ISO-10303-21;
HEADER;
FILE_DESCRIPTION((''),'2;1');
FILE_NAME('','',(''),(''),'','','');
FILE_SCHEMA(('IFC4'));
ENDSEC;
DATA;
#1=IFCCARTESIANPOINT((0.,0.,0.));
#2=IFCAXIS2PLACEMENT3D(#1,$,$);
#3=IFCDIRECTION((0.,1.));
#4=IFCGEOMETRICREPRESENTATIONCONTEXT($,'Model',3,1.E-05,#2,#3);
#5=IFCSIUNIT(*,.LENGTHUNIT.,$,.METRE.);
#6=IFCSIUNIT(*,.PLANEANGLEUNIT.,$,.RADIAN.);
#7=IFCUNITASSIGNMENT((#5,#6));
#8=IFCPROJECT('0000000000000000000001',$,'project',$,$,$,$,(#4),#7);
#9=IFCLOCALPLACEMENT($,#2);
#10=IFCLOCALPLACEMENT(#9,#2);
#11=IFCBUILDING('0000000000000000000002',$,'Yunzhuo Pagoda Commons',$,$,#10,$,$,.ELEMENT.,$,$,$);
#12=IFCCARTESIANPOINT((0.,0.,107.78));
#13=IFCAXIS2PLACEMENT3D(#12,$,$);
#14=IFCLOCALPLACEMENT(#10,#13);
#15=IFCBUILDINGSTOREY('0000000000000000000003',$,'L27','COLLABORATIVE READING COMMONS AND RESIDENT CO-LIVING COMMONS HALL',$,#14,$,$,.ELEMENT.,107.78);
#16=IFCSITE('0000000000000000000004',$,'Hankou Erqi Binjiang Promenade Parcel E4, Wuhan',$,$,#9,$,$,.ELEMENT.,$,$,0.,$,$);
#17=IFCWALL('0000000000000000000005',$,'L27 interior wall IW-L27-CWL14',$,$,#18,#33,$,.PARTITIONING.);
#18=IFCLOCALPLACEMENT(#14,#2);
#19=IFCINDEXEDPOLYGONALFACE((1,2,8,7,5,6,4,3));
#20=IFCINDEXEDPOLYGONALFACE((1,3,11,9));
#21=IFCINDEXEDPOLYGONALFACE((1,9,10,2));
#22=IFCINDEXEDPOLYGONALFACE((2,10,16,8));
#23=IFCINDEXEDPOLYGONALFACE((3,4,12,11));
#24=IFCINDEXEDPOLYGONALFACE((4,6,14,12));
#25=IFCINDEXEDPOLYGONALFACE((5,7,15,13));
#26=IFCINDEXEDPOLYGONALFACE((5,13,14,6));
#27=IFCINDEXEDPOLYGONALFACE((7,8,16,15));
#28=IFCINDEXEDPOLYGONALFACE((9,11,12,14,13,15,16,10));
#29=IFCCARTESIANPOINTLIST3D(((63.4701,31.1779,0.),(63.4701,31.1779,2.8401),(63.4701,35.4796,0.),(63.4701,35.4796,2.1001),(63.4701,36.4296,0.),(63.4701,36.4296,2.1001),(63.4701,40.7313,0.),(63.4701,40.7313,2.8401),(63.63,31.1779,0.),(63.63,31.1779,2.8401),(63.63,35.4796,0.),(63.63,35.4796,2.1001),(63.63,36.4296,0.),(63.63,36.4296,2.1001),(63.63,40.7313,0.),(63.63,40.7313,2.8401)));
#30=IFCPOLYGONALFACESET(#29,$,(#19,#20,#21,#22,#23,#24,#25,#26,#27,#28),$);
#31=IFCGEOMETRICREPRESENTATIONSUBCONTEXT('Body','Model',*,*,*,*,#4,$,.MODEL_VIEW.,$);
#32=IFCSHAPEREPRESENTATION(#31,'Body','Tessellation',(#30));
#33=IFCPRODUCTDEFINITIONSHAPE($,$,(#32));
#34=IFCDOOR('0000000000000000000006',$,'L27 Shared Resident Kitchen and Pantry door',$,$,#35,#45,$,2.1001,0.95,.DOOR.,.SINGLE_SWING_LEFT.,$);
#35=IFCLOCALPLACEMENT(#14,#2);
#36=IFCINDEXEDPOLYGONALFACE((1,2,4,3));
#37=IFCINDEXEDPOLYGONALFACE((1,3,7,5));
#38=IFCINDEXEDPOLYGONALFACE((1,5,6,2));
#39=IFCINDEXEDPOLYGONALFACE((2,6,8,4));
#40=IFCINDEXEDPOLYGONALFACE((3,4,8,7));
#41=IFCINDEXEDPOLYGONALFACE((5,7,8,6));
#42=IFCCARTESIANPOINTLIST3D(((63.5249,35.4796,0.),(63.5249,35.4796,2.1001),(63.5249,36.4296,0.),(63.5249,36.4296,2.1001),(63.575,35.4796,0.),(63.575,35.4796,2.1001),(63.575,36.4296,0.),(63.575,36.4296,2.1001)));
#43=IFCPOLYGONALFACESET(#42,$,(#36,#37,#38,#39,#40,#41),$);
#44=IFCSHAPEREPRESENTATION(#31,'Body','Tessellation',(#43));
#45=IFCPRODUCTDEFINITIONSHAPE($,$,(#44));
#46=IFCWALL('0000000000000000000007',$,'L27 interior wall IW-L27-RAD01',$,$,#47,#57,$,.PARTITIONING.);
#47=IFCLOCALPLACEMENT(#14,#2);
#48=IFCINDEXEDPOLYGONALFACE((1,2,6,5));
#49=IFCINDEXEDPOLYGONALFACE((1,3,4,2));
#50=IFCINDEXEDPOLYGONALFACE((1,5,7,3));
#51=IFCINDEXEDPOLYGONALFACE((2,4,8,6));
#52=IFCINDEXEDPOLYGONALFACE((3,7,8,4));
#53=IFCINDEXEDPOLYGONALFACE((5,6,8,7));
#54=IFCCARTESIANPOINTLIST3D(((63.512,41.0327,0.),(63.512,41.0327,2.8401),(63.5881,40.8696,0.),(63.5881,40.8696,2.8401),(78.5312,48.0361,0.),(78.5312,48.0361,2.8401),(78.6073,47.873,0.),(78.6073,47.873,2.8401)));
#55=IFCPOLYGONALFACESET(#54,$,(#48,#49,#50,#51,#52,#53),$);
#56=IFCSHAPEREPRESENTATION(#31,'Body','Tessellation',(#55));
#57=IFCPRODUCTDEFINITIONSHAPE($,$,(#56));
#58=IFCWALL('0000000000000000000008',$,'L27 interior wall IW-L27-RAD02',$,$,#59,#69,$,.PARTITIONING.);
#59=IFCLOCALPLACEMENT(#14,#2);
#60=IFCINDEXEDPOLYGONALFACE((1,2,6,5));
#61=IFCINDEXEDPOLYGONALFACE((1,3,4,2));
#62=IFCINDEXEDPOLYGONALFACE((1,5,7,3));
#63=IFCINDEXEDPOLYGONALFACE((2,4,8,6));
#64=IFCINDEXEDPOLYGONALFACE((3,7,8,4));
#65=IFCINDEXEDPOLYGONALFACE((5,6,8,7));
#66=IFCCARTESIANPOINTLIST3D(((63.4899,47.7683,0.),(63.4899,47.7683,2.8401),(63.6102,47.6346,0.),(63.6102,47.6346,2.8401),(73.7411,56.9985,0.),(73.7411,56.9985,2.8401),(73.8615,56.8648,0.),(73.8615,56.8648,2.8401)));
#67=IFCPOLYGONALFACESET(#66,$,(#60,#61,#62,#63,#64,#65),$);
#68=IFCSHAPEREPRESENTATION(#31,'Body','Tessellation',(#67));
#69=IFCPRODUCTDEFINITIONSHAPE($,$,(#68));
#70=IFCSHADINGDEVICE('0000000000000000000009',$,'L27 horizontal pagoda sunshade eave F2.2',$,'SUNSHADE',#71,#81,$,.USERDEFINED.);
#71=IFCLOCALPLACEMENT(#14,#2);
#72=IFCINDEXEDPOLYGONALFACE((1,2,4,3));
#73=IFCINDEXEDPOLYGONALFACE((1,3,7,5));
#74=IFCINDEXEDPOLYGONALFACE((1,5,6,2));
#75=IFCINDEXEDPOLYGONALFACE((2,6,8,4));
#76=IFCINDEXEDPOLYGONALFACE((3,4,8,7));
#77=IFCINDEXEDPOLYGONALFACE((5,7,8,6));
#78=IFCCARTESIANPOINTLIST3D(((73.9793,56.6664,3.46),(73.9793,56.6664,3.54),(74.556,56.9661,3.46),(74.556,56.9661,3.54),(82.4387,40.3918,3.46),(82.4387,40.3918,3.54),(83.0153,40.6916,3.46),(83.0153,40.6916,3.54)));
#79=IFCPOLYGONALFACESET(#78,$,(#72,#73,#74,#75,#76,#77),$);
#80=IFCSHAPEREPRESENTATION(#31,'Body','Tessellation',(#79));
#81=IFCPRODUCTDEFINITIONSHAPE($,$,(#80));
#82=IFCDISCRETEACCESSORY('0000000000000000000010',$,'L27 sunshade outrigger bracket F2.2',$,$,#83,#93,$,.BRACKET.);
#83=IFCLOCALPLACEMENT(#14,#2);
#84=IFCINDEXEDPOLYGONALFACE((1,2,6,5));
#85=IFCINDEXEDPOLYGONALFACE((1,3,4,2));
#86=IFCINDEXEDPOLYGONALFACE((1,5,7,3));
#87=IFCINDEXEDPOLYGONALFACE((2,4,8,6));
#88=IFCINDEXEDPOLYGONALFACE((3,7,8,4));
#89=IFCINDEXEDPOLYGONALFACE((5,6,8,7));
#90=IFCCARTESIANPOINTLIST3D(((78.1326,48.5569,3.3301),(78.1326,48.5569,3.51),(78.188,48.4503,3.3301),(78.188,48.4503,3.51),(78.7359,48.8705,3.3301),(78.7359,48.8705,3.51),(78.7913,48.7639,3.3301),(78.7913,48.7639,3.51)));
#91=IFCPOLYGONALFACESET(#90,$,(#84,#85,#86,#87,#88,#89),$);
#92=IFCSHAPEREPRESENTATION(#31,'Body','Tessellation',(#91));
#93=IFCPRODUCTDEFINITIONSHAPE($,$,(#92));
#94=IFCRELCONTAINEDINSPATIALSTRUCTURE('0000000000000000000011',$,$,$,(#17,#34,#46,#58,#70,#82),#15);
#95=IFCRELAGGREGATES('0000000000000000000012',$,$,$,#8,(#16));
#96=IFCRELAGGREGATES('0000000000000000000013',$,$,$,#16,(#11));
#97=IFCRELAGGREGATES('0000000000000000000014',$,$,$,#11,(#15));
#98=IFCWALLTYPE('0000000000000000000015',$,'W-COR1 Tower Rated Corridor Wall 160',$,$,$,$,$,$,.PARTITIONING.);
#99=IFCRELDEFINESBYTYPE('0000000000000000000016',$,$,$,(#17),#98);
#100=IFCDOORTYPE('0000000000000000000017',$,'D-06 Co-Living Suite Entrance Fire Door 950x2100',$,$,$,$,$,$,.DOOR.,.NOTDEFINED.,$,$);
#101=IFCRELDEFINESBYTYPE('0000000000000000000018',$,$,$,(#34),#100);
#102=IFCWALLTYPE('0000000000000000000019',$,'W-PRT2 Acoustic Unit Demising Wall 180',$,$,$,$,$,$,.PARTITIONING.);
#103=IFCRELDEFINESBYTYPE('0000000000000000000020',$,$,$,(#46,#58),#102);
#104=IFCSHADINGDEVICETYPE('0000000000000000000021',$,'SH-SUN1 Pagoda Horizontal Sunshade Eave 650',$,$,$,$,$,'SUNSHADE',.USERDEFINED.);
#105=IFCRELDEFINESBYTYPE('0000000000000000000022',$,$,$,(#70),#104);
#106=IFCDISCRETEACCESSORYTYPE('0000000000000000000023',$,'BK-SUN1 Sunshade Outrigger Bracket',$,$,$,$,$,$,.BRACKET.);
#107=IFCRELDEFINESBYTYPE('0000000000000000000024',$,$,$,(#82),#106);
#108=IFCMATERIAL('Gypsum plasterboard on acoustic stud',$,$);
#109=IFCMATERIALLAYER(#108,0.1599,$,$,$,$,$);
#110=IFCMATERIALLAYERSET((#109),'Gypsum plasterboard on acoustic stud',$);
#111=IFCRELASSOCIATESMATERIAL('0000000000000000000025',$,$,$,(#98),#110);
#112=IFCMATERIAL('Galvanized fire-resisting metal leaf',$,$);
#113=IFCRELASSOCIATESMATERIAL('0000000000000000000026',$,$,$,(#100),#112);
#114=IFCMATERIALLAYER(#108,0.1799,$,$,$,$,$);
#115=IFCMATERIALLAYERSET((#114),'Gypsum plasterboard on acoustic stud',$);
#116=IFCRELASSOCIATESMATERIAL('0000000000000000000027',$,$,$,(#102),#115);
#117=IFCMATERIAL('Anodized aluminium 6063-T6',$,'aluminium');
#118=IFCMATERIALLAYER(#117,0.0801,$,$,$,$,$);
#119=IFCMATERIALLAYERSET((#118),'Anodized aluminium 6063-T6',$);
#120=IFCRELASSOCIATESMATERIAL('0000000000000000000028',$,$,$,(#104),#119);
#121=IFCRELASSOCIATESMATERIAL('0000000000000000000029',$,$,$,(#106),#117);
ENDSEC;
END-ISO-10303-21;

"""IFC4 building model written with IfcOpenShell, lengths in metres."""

from ifc_helpers import new_model, si_unit, direction, frame, frame_2d, origin, origin_with_axes, origin_2d, place, context, subcontext, project, spatial, rectangle, extrude, source, transform, mapped, material, layer, layer_set, type_object, element, fill, save


model = new_model("IFC4")

# Units and contexts
model_context = context("Model", 3, precision=1e-05, world=origin(), true_north=direction((0.0, 1.0)))
body_context = subcontext(model_context, "Body", "Model", "MODEL_VIEW")
ifc_project = project(units=[si_unit("LENGTHUNIT", "METRE"), si_unit("PLANEANGLEUNIT", "RADIAN")], contexts=[model_context])

# Site, building, storey
site_placement = place(None, origin())
site = spatial("IfcSite", under=ifc_project, at=site_placement, Name="Hankou Erqi Binjiang Promenade Parcel E4, Wuhan", CompositionType="ELEMENT", RefElevation=0.0)
building_placement = place(site_placement, origin())
building = spatial("IfcBuilding", under=site, at=building_placement, Name="Yunzhuo Pagoda Commons", CompositionType="ELEMENT")
storey_placement = place(building_placement, frame((0.0, 0.0, 107.78)))
storey = spatial("IfcBuildingStorey", under=building, at=storey_placement, Name="L27", Description="COLLABORATIVE READING COMMONS AND RESIDENT CO-LIVING COMMONS HALL", CompositionType="ELEMENT", Elevation=107.78)

# Shared definitions
ifc_material_1 = material(Name="Anodized aluminium 6063-T6", Category="aluminium")

# Shared definitions
ifc_material_2 = material(Name="Gypsum plasterboard on acoustic stud")
ifc_layer_1 = layer(ifc_material_2, 0.1599)
ifc_layer_set_1 = layer_set([ifc_layer_1], Name="Gypsum plasterboard on acoustic stud")
wall_type_1 = type_object("IfcWallType", Name="W-COR1 Tower Rated Corridor Wall 160", PredefinedType="PARTITIONING", material=ifc_layer_set_1)

# Wall, opening, door
wall_1_placement = place(storey_placement, frame((63.55, 40.7314, 0.0), z_axis=(0.0, 0.0, 1.0), x_axis=(0.0, -1.0, 0.0)))
wall_1 = element("IfcWall", 1, at=wall_1_placement, inside=storey, type_object=wall_type_1, Name="L27 interior wall IW-L27-CWL14", PredefinedType="PARTITIONING", context=body_context, shape_type="SweptSolid", body=[
    extrude(rectangle(XDim=9.5535, YDim=0.1599, at=frame_2d((4.7769, 0.0))), origin(), (0.0, 0.0, 1.0), 2.8401),
])
opening_1_placement = place(wall_1_placement, frame((4.3018, 0.0, 0.0)))
opening_1 = element("IfcOpeningElement", 2, at=opening_1_placement, cuts=wall_1, PredefinedType="OPENING", context=body_context, shape_type="SweptSolid", body=[
    extrude(rectangle(XDim=0.95, YDim=2.1001, at=frame_2d((0.4751, 1.05))), frame((0.0, 0.0898, 0.0), z_axis=(0.0, -1.0, 0.0), x_axis=(1.0, 0.0, 0.0)), (0.0, 0.0, 1.0), 0.1799),
])
ifc_material_3 = material(Name="Galvanized fire-resisting metal leaf")
door_type_1 = type_object("IfcDoorType", Name="D-06 Co-Living Suite Entrance Fire Door 950x2100", OperationType="NOTDEFINED", PredefinedType="DOOR", material=ifc_material_3)
shared_shape_1 = source(origin(), body_context, "Body", "SweptSolid", [
    extrude(rectangle(XDim=0.95, YDim=2.1001, at=frame_2d((0.4751, 1.05))), frame((0.0, 0.0249, 0.0), z_axis=(0.0, -1.0, 0.0), x_axis=(1.0, 0.0, 0.0)), (0.0, 0.0, 1.0), 0.05),
])
door_1_placement = place(opening_1_placement, origin_with_axes())
door_1 = element("IfcDoor", 3, at=door_1_placement, inside=storey, type_object=door_type_1, Name="L27 Shared Resident Kitchen and Pantry door", OperationType="SINGLE_SWING_LEFT", OverallHeight=2.1001, OverallWidth=0.95, PredefinedType="DOOR", context=body_context, shape_type="MappedRepresentation", body=[
    mapped(shared_shape_1, transform((0.0, 0.0, 0.0), scale=1.0)),
])
fill(opening_1, door_1)

# Walls
ifc_layer_2 = layer(ifc_material_2, 0.1799)
ifc_layer_set_2 = layer_set([ifc_layer_2], Name="Gypsum plasterboard on acoustic stud")
wall_type_2 = type_object("IfcWallType", Name="W-PRT2 Acoustic Unit Demising Wall 180", PredefinedType="PARTITIONING", material=ifc_layer_set_2)
wall_2_placement = place(storey_placement, frame((63.55, 40.9512, 0.0), z_axis=(0.0, 0.0, 1.0), x_axis=(0.906312, 0.422609, 0.0)))
element("IfcWall", 4, at=wall_2_placement, inside=storey, type_object=wall_type_2, Name="L27 interior wall IW-L27-RAD01", PredefinedType="PARTITIONING", context=body_context, shape_type="SweptSolid", body=[
    extrude(rectangle(XDim=16.5718, YDim=0.1799, at=frame_2d((8.2859, 0.0))), origin(), (0.0, 0.0, 1.0), 2.8401),
])
wall_3_placement = place(storey_placement, frame((63.55, 47.7014, 0.0), z_axis=(0.0, 0.0, 1.0), x_axis=(0.743145, 0.66913, 0.0)))
element("IfcWall", 5, at=wall_3_placement, inside=storey, type_object=wall_type_2, Name="L27 interior wall IW-L27-RAD02", PredefinedType="PARTITIONING", context=body_context, shape_type="SweptSolid", body=[
    extrude(rectangle(XDim=13.7944, YDim=0.1799, at=frame_2d((6.8972, 0.0))), origin(), (0.0, 0.0, 1.0), 2.8401),
])

# Shading device
ifc_layer_3 = layer(ifc_material_1, 0.0801)
ifc_layer_set_3 = layer_set([ifc_layer_3], Name="Anodized aluminium 6063-T6")
shading_device_type = type_object("IfcShadingDeviceType", Name="SH-SUN1 Pagoda Horizontal Sunshade Eave 650", ElementType="SUNSHADE", PredefinedType="USERDEFINED", material=ifc_layer_set_3)
shared_shape_2 = source(origin(), body_context, "Body", "SweptSolid", [
    extrude(rectangle(XDim=18.3418, YDim=0.6499, at=origin_2d()), origin(), (0.0, 0.0, 1.0), 0.0801),
])
shading_device_placement = place(storey_placement, frame((78.4973, 48.679, 3.46), z_axis=(0.0, 0.0, 1.0), x_axis=(-0.461207, 0.887293, 0.0)))
element("IfcShadingDevice", 6, at=shading_device_placement, inside=storey, type_object=shading_device_type, Name="L27 horizontal pagoda sunshade eave F2.2", ObjectType="SUNSHADE", PredefinedType="USERDEFINED", context=body_context, shape_type="MappedRepresentation", body=[
    mapped(shared_shape_2, transform((0.0, 0.0, 0.0), scale=1.0)),
])

# Discrete accessory
discrete_accessory_type = type_object("IfcDiscreteAccessoryType", Name="BK-SUN1 Sunshade Outrigger Bracket", PredefinedType="BRACKET", material=ifc_material_1)
shared_shape_3 = source(origin(), body_context, "Body", "SweptSolid", [
    extrude(rectangle(XDim=0.1201, YDim=0.6799, at=origin_2d()), origin(), (0.0, 0.0, 1.0), 0.1799),
])
discrete_accessory_placement = place(storey_placement, frame((78.4619, 48.6604, 3.3301), z_axis=(0.0, 0.0, 1.0), x_axis=(-0.461207, 0.887293, 0.0)))
element("IfcDiscreteAccessory", 7, at=discrete_accessory_placement, inside=storey, type_object=discrete_accessory_type, Name="L27 sunshade outrigger bracket F2.2", PredefinedType="BRACKET", context=body_context, shape_type="MappedRepresentation", body=[
    mapped(shared_shape_3, transform((0.0, 0.0, 0.0), scale=1.0)),
])

save(model, "model.ifc")
